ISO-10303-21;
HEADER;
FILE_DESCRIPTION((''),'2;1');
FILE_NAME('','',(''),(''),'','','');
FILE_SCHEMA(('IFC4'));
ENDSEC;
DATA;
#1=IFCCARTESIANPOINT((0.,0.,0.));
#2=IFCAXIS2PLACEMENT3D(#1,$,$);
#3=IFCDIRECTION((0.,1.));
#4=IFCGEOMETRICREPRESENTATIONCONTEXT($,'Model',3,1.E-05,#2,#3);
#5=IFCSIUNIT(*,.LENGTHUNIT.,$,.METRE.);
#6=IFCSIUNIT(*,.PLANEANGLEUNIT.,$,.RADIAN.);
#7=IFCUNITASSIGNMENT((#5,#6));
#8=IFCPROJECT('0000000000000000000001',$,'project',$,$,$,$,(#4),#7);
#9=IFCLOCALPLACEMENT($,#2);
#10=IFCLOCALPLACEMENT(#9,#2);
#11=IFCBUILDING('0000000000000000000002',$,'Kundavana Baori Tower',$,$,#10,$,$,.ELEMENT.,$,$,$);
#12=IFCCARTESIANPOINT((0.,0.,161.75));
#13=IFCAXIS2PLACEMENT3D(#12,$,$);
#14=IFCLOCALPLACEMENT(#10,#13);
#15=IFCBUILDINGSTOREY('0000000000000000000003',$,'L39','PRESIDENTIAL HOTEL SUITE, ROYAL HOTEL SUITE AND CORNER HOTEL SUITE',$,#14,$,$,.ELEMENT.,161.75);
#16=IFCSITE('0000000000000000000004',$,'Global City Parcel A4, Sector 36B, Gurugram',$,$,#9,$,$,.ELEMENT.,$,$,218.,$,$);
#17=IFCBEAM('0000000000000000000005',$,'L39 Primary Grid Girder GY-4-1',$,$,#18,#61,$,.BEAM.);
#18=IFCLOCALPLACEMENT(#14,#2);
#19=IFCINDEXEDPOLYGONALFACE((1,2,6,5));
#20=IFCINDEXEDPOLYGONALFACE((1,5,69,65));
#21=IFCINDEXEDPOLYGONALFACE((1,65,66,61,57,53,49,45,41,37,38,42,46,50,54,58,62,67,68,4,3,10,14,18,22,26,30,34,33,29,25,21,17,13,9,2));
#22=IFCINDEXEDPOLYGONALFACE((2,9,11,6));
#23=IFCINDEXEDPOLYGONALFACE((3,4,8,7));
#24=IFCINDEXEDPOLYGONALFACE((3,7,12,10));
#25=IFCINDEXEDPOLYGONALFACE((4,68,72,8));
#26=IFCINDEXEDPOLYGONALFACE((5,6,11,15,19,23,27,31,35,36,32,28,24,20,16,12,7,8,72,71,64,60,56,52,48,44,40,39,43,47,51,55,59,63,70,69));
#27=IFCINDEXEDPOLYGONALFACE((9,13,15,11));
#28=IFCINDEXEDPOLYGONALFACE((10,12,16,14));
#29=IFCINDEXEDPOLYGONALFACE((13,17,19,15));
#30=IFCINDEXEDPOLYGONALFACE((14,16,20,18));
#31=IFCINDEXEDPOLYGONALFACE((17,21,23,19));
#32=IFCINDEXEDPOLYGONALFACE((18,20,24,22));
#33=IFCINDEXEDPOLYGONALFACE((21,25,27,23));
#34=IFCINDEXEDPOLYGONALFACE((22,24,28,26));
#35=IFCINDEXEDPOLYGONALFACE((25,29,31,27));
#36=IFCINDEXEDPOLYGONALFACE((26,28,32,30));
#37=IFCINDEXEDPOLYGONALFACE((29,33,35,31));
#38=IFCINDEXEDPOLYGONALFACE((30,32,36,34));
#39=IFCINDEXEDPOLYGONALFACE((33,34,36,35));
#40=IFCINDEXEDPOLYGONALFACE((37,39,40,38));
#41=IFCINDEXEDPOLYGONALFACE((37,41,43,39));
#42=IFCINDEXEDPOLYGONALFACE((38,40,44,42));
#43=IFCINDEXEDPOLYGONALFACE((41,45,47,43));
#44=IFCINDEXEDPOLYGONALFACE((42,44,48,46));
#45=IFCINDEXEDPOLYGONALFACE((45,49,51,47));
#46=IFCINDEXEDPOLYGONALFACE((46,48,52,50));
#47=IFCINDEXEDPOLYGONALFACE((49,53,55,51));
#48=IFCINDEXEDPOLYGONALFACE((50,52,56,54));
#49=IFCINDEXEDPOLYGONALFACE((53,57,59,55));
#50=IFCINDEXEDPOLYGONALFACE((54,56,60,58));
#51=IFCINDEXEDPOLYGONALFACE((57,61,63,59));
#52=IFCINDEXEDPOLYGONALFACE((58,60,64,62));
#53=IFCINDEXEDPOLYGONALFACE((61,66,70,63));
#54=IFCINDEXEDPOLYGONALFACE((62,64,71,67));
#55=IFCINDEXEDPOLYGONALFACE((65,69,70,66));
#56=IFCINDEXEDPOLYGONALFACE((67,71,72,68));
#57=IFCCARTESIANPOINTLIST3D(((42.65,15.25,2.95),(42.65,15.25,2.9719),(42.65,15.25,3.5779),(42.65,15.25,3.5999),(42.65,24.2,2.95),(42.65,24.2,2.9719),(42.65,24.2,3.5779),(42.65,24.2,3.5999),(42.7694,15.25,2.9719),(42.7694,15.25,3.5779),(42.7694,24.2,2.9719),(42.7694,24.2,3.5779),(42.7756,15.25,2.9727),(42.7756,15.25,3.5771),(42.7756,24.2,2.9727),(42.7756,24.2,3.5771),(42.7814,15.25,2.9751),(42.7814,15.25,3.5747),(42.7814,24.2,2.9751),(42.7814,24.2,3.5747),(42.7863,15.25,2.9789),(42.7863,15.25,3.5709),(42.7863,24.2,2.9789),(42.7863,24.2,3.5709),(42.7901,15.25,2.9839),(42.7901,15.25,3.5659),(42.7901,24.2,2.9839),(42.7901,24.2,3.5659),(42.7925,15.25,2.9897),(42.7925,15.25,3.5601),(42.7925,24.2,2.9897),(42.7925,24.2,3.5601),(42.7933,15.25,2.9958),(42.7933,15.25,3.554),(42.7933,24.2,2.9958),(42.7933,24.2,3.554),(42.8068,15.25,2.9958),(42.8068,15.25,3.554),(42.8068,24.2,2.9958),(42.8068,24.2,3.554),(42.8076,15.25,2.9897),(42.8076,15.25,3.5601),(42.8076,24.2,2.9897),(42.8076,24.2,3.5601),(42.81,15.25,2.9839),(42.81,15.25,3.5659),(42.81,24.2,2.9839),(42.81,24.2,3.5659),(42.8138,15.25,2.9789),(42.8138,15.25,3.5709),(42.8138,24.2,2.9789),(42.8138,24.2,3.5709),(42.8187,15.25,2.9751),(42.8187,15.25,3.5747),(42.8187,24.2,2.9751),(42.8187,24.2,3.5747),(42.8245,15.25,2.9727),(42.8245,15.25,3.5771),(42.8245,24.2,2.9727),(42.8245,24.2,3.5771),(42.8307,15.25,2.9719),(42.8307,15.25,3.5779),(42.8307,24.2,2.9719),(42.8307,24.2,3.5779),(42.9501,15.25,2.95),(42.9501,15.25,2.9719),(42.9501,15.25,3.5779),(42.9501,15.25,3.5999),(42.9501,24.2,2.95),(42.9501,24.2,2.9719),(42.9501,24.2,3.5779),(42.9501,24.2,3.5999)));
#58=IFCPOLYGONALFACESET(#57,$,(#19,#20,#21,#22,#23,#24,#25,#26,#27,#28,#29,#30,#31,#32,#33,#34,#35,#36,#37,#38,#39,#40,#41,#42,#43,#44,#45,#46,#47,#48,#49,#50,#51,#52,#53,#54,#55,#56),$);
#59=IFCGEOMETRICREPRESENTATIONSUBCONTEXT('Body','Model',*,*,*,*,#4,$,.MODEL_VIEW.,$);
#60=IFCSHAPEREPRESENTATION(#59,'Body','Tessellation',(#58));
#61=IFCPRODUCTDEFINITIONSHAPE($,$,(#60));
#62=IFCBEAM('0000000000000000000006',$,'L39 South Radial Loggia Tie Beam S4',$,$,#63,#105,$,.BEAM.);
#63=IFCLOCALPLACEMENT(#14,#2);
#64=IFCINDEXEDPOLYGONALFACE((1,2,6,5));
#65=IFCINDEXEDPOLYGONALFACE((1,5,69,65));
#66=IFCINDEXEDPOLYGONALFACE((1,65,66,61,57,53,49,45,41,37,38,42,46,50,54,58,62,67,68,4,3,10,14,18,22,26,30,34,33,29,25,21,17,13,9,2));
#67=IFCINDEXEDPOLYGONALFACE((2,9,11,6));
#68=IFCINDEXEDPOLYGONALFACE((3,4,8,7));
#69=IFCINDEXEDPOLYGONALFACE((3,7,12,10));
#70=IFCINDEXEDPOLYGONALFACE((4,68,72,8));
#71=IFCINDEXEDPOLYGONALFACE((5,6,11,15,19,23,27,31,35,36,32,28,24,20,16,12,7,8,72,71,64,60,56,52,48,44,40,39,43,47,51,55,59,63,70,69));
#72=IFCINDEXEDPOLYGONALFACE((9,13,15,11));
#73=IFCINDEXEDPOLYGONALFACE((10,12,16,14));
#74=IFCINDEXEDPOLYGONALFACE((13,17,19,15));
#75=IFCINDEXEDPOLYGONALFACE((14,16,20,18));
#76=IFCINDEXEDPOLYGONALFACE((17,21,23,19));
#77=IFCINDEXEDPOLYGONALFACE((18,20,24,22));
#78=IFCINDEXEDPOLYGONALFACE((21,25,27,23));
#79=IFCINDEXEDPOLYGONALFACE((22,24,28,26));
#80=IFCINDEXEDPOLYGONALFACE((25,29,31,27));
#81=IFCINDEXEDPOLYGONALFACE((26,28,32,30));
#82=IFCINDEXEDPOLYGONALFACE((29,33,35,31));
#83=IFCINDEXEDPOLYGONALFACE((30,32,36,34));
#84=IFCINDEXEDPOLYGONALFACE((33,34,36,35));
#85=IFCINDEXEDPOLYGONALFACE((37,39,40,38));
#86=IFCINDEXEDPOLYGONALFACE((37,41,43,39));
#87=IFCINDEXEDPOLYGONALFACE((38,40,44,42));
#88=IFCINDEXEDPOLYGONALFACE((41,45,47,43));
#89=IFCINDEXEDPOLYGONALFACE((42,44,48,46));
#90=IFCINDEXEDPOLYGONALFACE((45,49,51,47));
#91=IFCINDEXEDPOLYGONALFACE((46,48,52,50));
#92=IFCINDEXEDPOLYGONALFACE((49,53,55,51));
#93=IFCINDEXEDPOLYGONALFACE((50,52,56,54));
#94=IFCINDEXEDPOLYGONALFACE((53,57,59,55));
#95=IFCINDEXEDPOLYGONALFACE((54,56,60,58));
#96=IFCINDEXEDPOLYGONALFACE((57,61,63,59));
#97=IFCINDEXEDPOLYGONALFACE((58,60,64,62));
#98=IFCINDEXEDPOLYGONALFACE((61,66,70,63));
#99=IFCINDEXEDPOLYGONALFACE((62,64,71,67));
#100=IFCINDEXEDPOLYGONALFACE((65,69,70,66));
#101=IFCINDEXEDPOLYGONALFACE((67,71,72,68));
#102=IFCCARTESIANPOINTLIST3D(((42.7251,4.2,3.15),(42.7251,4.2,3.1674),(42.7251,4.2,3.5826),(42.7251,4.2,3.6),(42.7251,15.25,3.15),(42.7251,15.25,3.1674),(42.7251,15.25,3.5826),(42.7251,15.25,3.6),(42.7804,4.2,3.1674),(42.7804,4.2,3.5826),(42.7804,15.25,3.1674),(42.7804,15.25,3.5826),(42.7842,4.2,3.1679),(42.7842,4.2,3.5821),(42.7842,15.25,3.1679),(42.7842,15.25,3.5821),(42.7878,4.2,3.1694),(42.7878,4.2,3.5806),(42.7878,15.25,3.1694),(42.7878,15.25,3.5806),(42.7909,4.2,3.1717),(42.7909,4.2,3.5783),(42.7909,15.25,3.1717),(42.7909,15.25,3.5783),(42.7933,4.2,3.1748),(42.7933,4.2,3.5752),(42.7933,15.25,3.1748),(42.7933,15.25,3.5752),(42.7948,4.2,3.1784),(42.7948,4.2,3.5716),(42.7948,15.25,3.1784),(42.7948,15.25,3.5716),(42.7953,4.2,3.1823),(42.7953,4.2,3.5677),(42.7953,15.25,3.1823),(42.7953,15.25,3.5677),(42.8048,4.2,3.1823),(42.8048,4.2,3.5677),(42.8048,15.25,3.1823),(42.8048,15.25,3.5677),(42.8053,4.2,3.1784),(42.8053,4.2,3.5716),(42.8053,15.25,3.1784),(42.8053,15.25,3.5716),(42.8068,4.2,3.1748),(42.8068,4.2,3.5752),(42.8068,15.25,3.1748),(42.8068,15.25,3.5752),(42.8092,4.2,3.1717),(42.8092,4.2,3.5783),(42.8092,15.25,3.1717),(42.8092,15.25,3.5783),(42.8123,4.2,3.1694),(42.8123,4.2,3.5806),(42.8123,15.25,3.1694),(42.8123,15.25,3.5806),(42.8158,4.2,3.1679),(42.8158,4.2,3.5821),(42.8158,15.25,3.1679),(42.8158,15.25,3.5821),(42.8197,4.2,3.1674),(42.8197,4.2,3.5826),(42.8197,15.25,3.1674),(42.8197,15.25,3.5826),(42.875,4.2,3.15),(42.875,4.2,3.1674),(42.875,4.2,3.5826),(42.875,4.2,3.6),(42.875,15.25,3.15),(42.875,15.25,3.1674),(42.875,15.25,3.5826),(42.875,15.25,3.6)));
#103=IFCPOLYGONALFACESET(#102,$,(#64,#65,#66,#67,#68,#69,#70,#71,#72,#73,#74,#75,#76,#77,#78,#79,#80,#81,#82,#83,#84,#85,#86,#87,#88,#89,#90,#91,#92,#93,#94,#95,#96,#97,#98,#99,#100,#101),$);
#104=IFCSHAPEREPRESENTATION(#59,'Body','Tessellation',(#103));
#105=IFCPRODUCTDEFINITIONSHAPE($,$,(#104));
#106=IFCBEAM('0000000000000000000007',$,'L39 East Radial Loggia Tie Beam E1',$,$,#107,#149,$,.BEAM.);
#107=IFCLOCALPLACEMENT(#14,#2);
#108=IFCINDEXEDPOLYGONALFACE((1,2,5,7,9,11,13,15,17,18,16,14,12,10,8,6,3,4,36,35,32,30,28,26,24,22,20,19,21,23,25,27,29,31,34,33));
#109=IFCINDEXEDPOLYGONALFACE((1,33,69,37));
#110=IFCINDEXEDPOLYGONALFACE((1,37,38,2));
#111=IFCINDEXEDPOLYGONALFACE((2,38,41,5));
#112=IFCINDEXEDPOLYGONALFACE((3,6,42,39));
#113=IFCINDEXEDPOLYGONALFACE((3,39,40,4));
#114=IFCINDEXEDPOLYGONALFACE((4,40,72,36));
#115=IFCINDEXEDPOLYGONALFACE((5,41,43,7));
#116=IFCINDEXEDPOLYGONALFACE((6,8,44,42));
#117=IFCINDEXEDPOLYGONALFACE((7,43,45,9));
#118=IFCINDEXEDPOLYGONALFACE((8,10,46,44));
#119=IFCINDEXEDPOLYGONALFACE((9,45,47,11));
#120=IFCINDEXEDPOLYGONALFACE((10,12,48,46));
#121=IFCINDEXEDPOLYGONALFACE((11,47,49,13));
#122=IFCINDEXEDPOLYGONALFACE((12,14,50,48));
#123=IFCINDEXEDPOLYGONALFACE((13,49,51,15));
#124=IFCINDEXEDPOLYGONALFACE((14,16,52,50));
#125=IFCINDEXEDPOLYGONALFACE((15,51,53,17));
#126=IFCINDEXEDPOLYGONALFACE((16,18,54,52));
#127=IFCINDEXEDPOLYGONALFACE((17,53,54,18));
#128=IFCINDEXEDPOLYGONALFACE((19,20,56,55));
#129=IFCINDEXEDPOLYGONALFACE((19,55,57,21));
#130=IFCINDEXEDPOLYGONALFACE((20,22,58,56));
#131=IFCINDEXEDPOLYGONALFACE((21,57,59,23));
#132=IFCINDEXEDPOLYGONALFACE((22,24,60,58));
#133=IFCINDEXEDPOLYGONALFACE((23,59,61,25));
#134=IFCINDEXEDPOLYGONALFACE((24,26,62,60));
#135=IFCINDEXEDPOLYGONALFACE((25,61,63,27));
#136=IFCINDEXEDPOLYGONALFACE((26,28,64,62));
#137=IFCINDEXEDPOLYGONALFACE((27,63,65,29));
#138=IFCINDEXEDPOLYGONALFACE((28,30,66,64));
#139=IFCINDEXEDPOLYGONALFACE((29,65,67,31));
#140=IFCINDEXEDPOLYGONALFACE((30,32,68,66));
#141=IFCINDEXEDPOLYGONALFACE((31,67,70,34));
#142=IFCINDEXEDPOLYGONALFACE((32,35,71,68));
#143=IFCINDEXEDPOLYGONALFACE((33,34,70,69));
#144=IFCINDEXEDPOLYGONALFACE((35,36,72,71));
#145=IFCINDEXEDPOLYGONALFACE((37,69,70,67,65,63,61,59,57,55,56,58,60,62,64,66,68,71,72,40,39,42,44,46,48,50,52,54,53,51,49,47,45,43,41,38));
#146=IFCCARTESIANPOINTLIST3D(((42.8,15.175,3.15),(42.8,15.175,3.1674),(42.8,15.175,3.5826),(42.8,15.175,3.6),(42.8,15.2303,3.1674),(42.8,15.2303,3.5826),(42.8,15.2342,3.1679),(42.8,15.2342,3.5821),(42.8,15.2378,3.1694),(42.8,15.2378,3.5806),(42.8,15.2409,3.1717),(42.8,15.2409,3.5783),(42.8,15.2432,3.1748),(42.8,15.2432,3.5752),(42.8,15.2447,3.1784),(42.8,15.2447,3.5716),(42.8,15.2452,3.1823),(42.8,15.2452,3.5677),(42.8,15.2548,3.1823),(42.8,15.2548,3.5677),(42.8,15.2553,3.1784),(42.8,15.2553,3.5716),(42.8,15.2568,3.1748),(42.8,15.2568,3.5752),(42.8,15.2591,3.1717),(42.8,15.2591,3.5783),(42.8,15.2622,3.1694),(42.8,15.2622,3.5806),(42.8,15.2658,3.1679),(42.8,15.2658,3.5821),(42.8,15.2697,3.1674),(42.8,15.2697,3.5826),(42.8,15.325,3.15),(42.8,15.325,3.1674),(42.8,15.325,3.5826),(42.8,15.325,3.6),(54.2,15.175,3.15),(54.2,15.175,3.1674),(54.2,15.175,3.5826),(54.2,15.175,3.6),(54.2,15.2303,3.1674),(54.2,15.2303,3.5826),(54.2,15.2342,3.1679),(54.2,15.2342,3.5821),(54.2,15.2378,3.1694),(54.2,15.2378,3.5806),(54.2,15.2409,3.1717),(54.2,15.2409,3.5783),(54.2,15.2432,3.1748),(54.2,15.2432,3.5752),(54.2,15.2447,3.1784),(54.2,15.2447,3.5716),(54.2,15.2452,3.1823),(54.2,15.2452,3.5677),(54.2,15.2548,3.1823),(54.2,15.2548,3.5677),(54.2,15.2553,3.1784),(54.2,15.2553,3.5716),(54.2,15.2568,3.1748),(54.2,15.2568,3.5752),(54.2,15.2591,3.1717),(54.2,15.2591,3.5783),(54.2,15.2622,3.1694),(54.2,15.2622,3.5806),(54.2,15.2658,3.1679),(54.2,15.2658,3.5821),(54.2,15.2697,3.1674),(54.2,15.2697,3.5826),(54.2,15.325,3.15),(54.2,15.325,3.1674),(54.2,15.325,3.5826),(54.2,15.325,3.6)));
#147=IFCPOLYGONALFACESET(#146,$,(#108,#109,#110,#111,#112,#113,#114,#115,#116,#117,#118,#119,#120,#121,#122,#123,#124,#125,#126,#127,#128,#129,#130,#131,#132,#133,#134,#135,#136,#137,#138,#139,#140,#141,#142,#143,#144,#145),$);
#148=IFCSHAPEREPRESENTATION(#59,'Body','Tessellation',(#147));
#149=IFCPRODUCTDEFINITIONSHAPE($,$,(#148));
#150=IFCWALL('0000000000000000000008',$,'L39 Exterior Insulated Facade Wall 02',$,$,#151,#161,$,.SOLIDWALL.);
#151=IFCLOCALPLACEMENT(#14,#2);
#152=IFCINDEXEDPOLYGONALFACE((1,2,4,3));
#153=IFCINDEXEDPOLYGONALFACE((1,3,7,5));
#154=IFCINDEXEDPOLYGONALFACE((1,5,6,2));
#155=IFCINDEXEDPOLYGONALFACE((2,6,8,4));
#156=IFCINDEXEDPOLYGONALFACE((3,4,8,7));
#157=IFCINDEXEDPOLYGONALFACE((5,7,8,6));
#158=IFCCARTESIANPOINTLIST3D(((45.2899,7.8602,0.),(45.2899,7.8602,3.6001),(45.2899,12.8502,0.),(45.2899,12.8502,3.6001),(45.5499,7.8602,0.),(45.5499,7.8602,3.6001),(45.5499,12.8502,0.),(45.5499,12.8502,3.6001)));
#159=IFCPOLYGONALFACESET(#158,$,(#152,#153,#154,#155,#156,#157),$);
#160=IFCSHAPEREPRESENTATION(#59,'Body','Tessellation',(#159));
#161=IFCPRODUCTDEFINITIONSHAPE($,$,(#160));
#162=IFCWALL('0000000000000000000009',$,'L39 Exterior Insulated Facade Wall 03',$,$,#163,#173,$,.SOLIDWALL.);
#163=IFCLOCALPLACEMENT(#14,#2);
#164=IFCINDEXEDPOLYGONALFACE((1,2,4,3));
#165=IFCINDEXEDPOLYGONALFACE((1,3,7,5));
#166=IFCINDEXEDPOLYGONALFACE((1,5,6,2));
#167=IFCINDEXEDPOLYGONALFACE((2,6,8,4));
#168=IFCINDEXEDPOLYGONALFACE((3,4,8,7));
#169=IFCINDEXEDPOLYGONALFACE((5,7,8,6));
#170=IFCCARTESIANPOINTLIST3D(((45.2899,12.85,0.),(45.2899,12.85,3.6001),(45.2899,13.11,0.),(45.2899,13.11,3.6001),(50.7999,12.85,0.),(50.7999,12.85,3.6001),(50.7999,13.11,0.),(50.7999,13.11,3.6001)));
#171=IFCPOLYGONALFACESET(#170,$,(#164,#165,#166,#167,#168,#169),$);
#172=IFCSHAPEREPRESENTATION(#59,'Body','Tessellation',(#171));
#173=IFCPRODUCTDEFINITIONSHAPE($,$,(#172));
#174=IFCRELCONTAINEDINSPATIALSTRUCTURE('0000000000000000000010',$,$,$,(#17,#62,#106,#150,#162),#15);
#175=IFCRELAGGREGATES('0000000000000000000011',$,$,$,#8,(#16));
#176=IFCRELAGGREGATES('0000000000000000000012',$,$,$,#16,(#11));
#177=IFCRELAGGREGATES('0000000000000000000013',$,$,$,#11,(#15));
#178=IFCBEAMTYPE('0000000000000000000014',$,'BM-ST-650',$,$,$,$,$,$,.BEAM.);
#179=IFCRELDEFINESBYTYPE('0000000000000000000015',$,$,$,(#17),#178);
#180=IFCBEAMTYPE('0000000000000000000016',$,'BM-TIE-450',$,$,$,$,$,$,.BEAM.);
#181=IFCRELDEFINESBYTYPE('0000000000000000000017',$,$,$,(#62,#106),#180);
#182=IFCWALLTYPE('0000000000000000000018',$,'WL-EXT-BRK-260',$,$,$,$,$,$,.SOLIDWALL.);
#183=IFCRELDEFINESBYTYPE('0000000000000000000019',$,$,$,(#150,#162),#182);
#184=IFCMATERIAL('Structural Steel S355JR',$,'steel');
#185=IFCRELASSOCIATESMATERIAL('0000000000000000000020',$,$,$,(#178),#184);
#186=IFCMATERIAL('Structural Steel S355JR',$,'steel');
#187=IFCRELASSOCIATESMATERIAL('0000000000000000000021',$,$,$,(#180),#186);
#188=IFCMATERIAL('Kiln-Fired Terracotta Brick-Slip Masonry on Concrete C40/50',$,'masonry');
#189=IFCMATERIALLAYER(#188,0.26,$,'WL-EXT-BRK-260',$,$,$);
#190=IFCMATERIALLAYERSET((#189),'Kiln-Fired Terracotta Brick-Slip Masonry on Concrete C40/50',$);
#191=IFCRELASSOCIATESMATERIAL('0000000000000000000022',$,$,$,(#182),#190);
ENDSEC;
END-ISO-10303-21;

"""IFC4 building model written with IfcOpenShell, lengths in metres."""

from ifc_helpers import new_model, si_unit, direction, frame, frame_2d, origin, origin_2d, place, context, subcontext, project, spatial, rectangle, i_section, extrude, material, layer, layer_set, material_profile, profile_set, type_object, element, save


model = new_model("IFC4")

# Units and contexts
model_context = context("Model", 3, precision=1e-05, world=origin(), true_north=direction((0.0, 1.0)))
body_context = subcontext(model_context, "Body", "Model", "MODEL_VIEW")
ifc_project = project(units=[si_unit("LENGTHUNIT", "METRE"), si_unit("PLANEANGLEUNIT", "RADIAN")], contexts=[model_context])

# Site, building, storey
site_placement = place(None, origin())
site = spatial("IfcSite", under=ifc_project, at=site_placement, Name="Global City Parcel A4, Sector 36B, Gurugram", CompositionType="ELEMENT", RefElevation=218.0)
building_placement = place(site_placement, origin())
building = spatial("IfcBuilding", under=site, at=building_placement, Name="Kundavana Baori Tower", CompositionType="ELEMENT")
storey_placement = place(building_placement, frame((0.0, 0.0, 161.75)))
storey = spatial("IfcBuildingStorey", under=building, at=storey_placement, Name="L39", Description="PRESIDENTIAL HOTEL SUITE, ROYAL HOTEL SUITE AND CORNER HOTEL SUITE", CompositionType="ELEMENT", Elevation=161.75)

# Beams
ifc_material_1 = material(Name="Structural Steel S355JR", Category="steel")
ifc_material_profile_1 = material_profile(ifc_material_1, i_section(OverallWidth=0.3, OverallDepth=0.6499, WebThickness=0.0134, FlangeThickness=0.022, FilletRadius=0.0239, at=origin_2d()), Name="NPB 650x300x155")
ifc_profile_set_1 = profile_set([ifc_material_profile_1], Name="Structural Steel S355JR")
beam_type_1 = type_object("IfcBeamType", Name="BM-ST-650", PredefinedType="BEAM", material=ifc_profile_set_1)
beam_1_placement = place(storey_placement, frame((42.8, 15.25, 3.2749), z_axis=(0.0, 1.0, 0.0), x_axis=(-1.0, 0.0, 0.0)))
element("IfcBeam", 1, at=beam_1_placement, inside=storey, type_object=beam_type_1, Name="L39 Primary Grid Girder GY-4-1", PredefinedType="BEAM", context=body_context, shape_type="SweptSolid", body=[
    extrude(i_section(OverallWidth=0.3, OverallDepth=0.6499, WebThickness=0.0134, FlangeThickness=0.022, FilletRadius=0.0239, at=origin_2d()), origin(), (0.0, 0.0, 1.0), 8.95),
])
ifc_material_2 = material(Name="Structural Steel S355JR", Category="steel")
ifc_material_profile_2 = material_profile(ifc_material_2, i_section(OverallWidth=0.1499, OverallDepth=0.45, WebThickness=0.0095, FlangeThickness=0.0173, FilletRadius=0.0149, at=origin_2d()), Name="ISMB 450")
ifc_profile_set_2 = profile_set([ifc_material_profile_2], Name="Structural Steel S355JR")
beam_type_2 = type_object("IfcBeamType", Name="BM-TIE-450", PredefinedType="BEAM", material=ifc_profile_set_2)
beam_2_placement = place(storey_placement, frame((42.8, 15.25, 3.375), z_axis=(0.0, -1.0, 0.0), x_axis=(1.0, 0.0, 0.0)))
element("IfcBeam", 2, at=beam_2_placement, inside=storey, type_object=beam_type_2, Name="L39 South Radial Loggia Tie Beam S4", PredefinedType="BEAM", context=body_context, shape_type="SweptSolid", body=[
    extrude(i_section(OverallWidth=0.1499, OverallDepth=0.45, WebThickness=0.0095, FlangeThickness=0.0173, FilletRadius=0.0149, at=origin_2d()), origin(), (0.0, 0.0, 1.0), 11.05),
])
beam_3_placement = place(storey_placement, frame((42.8, 15.25, 3.375), z_axis=(1.0, 0.0, 0.0), x_axis=(0.0, 1.0, 0.0)))
element("IfcBeam", 3, at=beam_3_placement, inside=storey, type_object=beam_type_2, Name="L39 East Radial Loggia Tie Beam E1", PredefinedType="BEAM", context=body_context, shape_type="SweptSolid", body=[
    extrude(i_section(OverallWidth=0.1499, OverallDepth=0.45, WebThickness=0.0095, FlangeThickness=0.0173, FilletRadius=0.0149, at=origin_2d()), origin(), (0.0, 0.0, 1.0), 11.3999),
])

# Walls
ifc_material_3 = material(Name="Kiln-Fired Terracotta Brick-Slip Masonry on Concrete C40/50", Category="masonry")
ifc_layer_1 = layer(ifc_material_3, 0.26, Name="WL-EXT-BRK-260")
ifc_layer_set_1 = layer_set([ifc_layer_1], Name="Kiln-Fired Terracotta Brick-Slip Masonry on Concrete C40/50")
wall_type_1 = type_object("IfcWallType", Name="WL-EXT-BRK-260", PredefinedType="SOLIDWALL", material=ifc_layer_set_1)
wall_1_placement = place(storey_placement, frame((45.4199, 7.8601, 0.0), z_axis=(0.0, 0.0, 1.0), x_axis=(0.0, 1.0, 0.0)))
element("IfcWall", 4, at=wall_1_placement, inside=storey, type_object=wall_type_1, Name="L39 Exterior Insulated Facade Wall 02", PredefinedType="SOLIDWALL", context=body_context, shape_type="SweptSolid", body=[
    extrude(rectangle(XDim=4.99, YDim=0.26, at=frame_2d((2.4951, 0.0))), origin(), (0.0, 0.0, 1.0), 3.6001),
])
wall_2_placement = place(storey_placement, frame((45.29, 12.98, 0.0), z_axis=(0.0, 0.0, 1.0), x_axis=(1.0, 0.0, 0.0)))
element("IfcWall", 5, at=wall_2_placement, inside=storey, type_object=wall_type_1, Name="L39 Exterior Insulated Facade Wall 03", PredefinedType="SOLIDWALL", context=body_context, shape_type="SweptSolid", body=[
    extrude(rectangle(XDim=5.51, YDim=0.26, at=frame_2d((2.7549, 0.0))), origin(), (0.0, 0.0, 1.0), 3.6001),
])

save(model, "model.ifc")
